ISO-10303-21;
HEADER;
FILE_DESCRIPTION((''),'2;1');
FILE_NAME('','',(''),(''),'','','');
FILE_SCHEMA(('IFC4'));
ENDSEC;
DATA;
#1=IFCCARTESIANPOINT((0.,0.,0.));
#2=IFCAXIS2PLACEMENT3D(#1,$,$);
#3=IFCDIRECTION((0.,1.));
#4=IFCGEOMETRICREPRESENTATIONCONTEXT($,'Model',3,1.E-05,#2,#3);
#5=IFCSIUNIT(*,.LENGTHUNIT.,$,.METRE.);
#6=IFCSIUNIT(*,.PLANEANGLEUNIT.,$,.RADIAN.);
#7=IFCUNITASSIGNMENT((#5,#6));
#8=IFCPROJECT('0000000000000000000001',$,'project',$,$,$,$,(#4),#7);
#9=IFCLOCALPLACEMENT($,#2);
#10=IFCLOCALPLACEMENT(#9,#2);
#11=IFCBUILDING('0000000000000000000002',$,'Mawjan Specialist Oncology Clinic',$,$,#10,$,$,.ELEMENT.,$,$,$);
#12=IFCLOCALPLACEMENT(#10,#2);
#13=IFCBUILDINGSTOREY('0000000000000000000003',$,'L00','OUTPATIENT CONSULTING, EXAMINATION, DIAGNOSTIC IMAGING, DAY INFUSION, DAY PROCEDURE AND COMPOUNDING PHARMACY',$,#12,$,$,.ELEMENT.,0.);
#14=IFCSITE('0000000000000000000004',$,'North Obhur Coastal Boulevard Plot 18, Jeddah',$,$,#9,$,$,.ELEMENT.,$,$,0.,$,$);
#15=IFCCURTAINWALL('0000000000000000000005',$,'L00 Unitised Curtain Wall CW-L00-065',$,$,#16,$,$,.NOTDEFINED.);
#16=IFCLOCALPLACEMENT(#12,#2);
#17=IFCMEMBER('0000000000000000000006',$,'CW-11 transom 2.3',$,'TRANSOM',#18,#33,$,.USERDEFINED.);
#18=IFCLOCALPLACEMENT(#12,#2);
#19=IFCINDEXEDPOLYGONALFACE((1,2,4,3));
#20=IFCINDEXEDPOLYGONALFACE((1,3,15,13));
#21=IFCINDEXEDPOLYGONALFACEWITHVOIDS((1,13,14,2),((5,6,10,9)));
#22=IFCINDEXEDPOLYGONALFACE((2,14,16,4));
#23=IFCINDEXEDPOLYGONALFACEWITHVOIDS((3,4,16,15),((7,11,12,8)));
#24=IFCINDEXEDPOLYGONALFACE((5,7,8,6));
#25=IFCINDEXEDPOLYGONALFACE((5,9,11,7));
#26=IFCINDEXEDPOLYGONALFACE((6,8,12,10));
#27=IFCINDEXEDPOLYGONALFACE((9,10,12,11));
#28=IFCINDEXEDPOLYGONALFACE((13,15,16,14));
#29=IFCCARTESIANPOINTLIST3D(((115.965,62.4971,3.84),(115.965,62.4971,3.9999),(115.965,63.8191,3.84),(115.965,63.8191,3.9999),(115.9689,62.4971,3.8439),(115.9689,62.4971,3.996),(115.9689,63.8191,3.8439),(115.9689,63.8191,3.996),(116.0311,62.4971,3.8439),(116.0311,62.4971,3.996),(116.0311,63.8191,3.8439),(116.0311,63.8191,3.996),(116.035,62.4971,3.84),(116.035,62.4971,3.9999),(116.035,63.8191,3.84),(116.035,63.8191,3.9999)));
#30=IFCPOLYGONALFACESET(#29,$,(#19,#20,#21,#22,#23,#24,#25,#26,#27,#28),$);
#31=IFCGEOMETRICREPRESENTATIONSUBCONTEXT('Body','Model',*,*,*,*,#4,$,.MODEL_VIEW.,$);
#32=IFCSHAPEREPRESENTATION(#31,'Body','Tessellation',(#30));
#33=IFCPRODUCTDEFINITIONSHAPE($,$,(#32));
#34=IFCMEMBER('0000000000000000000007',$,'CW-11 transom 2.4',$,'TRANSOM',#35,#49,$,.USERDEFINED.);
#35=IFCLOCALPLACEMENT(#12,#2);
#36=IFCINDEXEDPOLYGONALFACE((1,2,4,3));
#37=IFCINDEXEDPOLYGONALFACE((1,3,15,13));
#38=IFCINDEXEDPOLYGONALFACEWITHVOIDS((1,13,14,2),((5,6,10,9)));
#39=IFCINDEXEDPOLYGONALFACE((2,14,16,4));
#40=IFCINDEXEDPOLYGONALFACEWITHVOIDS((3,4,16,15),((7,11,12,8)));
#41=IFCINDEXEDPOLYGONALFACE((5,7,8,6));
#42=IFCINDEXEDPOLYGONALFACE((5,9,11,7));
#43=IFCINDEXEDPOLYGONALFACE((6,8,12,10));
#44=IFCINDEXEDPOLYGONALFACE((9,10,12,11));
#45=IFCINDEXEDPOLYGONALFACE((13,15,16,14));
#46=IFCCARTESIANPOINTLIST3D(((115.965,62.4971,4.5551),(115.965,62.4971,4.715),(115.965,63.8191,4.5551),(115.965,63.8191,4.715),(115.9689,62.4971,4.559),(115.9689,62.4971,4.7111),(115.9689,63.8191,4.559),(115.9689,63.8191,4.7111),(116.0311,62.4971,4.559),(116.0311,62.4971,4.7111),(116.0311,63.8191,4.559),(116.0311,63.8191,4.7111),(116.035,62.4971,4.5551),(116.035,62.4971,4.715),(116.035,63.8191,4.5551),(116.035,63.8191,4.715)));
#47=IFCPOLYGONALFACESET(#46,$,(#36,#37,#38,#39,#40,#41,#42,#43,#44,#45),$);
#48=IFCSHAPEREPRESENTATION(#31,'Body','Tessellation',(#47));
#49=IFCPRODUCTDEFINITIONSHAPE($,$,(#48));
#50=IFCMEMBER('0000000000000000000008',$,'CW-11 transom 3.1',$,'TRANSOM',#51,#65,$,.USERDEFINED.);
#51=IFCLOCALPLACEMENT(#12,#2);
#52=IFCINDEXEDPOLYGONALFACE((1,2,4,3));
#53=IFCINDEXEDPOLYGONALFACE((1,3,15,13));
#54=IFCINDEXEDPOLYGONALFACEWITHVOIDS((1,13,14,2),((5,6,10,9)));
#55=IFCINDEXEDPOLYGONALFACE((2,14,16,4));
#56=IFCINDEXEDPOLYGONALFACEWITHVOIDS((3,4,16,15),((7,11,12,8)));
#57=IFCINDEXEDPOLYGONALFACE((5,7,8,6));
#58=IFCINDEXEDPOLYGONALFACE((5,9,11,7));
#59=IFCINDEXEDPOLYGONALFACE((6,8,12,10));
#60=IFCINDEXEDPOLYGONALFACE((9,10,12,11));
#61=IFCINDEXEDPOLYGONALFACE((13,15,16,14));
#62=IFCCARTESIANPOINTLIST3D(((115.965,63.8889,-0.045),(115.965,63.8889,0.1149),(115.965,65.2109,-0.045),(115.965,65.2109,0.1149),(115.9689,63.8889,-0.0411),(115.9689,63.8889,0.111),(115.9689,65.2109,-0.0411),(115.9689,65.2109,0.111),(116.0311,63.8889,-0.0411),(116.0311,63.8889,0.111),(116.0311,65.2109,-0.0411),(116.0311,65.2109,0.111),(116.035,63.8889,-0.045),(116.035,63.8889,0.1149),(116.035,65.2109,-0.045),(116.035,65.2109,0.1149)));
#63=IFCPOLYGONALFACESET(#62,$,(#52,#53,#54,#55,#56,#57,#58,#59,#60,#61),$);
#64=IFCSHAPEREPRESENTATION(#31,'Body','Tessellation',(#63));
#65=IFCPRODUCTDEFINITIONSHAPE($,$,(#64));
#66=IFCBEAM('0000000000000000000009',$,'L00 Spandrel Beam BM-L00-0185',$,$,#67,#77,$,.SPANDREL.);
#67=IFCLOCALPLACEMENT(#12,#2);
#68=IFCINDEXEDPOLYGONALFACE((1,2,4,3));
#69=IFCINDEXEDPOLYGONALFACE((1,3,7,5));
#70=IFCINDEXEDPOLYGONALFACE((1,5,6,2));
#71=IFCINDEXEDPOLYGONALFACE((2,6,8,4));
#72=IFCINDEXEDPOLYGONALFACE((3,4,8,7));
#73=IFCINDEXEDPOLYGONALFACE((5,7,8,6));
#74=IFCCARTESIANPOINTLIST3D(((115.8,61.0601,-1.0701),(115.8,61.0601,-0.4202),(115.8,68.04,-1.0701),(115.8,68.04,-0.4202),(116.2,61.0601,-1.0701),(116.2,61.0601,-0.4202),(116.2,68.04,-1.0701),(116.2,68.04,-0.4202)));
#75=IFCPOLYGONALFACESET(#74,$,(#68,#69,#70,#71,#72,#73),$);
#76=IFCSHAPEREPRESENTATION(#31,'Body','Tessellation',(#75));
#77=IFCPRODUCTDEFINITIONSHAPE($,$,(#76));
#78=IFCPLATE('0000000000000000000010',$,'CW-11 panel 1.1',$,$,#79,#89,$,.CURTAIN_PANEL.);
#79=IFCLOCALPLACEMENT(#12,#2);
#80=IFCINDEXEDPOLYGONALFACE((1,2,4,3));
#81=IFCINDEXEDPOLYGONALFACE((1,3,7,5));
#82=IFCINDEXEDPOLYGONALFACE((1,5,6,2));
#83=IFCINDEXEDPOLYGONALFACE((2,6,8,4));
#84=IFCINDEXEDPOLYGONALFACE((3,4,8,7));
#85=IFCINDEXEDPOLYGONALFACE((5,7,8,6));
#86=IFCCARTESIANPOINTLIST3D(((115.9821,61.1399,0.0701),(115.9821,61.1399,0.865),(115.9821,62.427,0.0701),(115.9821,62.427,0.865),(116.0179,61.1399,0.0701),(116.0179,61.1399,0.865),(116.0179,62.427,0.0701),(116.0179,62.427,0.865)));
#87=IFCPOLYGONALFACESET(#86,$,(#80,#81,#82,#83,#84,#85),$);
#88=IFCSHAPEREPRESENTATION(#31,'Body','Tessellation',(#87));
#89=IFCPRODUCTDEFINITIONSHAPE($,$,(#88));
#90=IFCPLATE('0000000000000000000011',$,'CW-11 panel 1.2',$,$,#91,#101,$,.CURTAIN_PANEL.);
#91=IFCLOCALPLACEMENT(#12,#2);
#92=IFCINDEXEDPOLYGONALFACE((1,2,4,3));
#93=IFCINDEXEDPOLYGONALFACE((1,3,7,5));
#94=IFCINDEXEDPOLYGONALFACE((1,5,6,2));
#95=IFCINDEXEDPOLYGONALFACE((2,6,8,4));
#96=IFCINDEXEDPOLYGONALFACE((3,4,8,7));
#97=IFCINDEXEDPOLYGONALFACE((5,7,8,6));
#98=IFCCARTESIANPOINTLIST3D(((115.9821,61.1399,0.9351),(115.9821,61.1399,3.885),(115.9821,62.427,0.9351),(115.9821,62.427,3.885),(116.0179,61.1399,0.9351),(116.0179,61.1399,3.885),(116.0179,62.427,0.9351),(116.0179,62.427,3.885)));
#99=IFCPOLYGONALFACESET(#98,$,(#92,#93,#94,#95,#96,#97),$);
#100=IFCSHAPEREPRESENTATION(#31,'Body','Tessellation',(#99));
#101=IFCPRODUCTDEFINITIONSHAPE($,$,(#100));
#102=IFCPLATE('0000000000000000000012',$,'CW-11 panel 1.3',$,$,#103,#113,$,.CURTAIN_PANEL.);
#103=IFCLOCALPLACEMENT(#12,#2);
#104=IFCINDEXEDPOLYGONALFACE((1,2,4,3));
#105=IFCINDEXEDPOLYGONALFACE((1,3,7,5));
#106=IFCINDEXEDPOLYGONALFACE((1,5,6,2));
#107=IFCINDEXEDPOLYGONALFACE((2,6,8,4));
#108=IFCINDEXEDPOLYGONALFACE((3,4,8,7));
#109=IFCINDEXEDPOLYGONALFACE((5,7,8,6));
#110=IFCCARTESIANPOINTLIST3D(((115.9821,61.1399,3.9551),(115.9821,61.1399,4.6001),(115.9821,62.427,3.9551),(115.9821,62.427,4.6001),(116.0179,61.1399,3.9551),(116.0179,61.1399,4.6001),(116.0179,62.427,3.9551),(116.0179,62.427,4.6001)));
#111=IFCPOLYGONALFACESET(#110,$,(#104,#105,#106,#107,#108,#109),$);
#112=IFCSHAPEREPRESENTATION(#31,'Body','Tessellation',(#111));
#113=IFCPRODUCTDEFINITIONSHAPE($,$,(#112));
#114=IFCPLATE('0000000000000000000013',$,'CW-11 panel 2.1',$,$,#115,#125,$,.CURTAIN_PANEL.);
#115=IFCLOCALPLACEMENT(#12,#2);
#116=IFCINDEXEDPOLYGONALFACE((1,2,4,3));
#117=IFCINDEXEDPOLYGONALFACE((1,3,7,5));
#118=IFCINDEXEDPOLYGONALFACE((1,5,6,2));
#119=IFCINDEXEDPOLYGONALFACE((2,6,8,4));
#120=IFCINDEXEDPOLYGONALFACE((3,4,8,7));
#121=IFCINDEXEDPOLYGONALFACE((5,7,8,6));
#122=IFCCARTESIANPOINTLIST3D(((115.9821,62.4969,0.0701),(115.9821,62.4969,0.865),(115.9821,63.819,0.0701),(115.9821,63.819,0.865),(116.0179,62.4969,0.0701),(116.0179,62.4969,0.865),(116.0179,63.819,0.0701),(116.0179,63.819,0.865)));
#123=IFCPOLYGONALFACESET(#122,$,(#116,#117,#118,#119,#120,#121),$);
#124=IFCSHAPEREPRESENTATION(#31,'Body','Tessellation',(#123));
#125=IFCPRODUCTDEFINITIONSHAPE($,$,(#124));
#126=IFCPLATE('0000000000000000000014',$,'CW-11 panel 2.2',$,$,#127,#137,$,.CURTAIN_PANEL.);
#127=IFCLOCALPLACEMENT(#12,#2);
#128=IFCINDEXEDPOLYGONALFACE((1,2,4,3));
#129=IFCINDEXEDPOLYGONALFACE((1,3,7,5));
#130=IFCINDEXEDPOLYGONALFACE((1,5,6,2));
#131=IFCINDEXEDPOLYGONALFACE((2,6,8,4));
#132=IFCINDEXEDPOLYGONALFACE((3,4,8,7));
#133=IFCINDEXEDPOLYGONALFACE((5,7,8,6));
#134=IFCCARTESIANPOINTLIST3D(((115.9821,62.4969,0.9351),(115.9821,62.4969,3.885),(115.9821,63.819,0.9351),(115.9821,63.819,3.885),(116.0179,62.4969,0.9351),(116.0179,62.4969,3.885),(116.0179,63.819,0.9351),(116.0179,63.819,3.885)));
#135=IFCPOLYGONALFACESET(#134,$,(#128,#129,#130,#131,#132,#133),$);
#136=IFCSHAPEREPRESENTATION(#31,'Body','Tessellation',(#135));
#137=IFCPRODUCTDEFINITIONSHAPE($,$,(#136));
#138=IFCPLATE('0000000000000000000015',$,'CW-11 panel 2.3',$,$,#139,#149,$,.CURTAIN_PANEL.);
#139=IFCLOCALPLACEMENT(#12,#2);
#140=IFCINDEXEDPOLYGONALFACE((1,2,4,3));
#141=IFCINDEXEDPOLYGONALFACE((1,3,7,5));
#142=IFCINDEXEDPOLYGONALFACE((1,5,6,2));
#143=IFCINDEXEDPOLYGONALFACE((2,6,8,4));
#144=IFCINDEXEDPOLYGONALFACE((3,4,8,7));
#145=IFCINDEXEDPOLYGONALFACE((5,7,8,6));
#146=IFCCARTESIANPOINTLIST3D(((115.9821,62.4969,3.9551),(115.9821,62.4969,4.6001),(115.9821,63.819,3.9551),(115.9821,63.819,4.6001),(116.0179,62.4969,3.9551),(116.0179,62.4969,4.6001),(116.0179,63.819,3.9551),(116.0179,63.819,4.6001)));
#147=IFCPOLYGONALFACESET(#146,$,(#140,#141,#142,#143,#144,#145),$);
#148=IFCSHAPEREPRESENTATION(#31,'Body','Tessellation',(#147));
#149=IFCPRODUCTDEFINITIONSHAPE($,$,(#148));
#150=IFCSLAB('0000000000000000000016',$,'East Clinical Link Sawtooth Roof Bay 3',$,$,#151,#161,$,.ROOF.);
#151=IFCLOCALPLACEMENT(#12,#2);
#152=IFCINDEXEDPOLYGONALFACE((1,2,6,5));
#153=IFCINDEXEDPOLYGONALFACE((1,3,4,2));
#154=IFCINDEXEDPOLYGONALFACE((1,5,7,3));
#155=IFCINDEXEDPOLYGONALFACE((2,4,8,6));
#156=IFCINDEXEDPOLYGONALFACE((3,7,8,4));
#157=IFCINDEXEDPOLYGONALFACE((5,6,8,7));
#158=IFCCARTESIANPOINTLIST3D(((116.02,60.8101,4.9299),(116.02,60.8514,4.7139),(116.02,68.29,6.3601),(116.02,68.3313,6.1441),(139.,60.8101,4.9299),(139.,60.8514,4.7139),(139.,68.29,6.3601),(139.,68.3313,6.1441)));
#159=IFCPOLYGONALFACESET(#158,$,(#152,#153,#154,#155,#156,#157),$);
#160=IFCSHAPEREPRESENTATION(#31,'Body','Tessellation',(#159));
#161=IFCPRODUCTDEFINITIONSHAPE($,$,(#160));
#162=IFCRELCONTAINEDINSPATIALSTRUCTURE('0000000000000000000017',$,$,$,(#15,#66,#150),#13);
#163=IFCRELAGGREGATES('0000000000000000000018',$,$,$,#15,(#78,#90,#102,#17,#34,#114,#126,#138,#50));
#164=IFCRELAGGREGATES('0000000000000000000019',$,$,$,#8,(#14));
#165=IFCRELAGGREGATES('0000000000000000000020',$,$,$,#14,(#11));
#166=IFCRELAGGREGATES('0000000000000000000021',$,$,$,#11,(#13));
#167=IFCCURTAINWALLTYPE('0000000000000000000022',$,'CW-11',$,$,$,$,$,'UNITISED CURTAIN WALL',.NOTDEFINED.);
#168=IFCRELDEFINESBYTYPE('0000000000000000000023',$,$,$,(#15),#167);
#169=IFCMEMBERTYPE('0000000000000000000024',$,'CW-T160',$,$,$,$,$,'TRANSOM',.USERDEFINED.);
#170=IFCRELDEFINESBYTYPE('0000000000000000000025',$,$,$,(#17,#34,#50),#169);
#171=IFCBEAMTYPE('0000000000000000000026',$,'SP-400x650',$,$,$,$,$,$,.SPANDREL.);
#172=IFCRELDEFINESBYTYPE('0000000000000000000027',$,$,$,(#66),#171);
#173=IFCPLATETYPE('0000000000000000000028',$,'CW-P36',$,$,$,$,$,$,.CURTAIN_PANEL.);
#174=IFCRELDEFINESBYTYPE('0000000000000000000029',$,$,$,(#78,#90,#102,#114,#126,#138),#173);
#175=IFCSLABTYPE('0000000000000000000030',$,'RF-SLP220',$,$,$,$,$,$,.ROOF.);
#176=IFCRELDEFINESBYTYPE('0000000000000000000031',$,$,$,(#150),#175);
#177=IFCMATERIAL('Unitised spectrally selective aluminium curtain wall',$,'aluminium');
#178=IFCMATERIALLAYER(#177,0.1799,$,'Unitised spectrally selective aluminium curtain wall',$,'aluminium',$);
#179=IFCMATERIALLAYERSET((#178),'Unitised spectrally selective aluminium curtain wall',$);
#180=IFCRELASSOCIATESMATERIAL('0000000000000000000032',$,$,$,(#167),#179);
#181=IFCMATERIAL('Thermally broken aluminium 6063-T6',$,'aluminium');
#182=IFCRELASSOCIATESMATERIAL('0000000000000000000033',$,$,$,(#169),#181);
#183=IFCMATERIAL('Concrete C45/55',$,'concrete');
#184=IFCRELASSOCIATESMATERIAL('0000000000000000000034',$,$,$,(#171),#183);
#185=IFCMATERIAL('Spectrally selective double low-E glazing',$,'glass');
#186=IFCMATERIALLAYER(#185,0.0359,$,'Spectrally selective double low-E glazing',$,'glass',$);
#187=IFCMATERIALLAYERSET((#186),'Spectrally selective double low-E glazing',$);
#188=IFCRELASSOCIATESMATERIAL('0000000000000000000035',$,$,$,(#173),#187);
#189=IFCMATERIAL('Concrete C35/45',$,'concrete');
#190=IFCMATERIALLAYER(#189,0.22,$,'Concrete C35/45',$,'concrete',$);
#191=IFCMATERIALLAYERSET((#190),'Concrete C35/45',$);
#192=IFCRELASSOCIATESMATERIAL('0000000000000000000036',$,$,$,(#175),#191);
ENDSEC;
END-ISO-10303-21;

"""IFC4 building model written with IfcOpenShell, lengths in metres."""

from ifc_helpers import new_model, si_unit, direction, frame, origin, origin_2d, place, context, subcontext, project, spatial, polyline, rectangle, hollow_rectangle, outline, extrude, material, layer, layer_set, material_profile, profile_set, type_object, element, aggregate, save


model = new_model("IFC4")

# Units and contexts
model_context = context("Model", 3, precision=1e-05, world=origin(), true_north=direction((0.0, 1.0)))
body_context = subcontext(model_context, "Body", "Model", "MODEL_VIEW")
ifc_project = project(units=[si_unit("LENGTHUNIT", "METRE"), si_unit("PLANEANGLEUNIT", "RADIAN")], contexts=[model_context])

# Site, building, storey
site_placement = place(None, origin())
site = spatial("IfcSite", under=ifc_project, at=site_placement, Name="North Obhur Coastal Boulevard Plot 18, Jeddah", CompositionType="ELEMENT", RefElevation=0.0)
building_placement = place(site_placement, origin())
building = spatial("IfcBuilding", under=site, at=building_placement, Name="Mawjan Specialist Oncology Clinic", CompositionType="ELEMENT")
storey_placement = place(building_placement, origin())
storey = spatial("IfcBuildingStorey", under=building, at=storey_placement, Name="L00", Description="OUTPATIENT CONSULTING, EXAMINATION, DIAGNOSTIC IMAGING, DAY INFUSION, DAY PROCEDURE AND COMPOUNDING PHARMACY", CompositionType="ELEMENT", Elevation=0.0)

# Curtain wall, members
ifc_material_1 = material(Name="Unitised spectrally selective aluminium curtain wall", Category="aluminium")
ifc_layer_1 = layer(ifc_material_1, 0.1799, Name="Unitised spectrally selective aluminium curtain wall", Category="aluminium")
ifc_layer_set_1 = layer_set([ifc_layer_1], Name="Unitised spectrally selective aluminium curtain wall")
curtain_wall_type = type_object("IfcCurtainWallType", Name="CW-11", ElementType="UNITISED CURTAIN WALL", PredefinedType="NOTDEFINED", material=ifc_layer_set_1)
curtain_wall_placement = place(storey_placement, origin())
curtain_wall = element("IfcCurtainWall", 1, at=curtain_wall_placement, inside=storey, type_object=curtain_wall_type, Name="L00 Unitised Curtain Wall CW-L00-065", PredefinedType="NOTDEFINED")
ifc_material_2 = material(Name="Thermally broken aluminium 6063-T6", Category="aluminium")
ifc_material_profile_1 = material_profile(ifc_material_2, hollow_rectangle(XDim=0.0701, YDim=0.1599, WallThickness=0.0039, at=origin_2d()), Name="ALU TRANSOM 160x70x4", Category="aluminium")
ifc_profile_set_1 = profile_set([ifc_material_profile_1], Name="Thermally broken aluminium 6063-T6")
member_type_1 = type_object("IfcMemberType", Name="CW-T160", ElementType="TRANSOM", PredefinedType="USERDEFINED", material=ifc_profile_set_1)
member_1_placement = place(storey_placement, frame((116.0, 62.4971, 3.9199), z_axis=(0.0, 1.0, 0.0), x_axis=(-1.0, 0.0, 0.0)))
member_1 = element("IfcMember", 2, at=member_1_placement, type_object=member_type_1, Name="CW-11 transom 2.3", ObjectType="TRANSOM", PredefinedType="USERDEFINED", context=body_context, shape_type="SweptSolid", body=[
    extrude(hollow_rectangle(XDim=0.0701, YDim=0.1599, WallThickness=0.0039, at=origin_2d()), origin(), (0.0, 0.0, 1.0), 1.322),
])
member_2_placement = place(storey_placement, frame((116.0, 62.4971, 4.635), z_axis=(0.0, 1.0, 0.0), x_axis=(-1.0, 0.0, 0.0)))
member_2 = element("IfcMember", 3, at=member_2_placement, type_object=member_type_1, Name="CW-11 transom 2.4", ObjectType="TRANSOM", PredefinedType="USERDEFINED", context=body_context, shape_type="SweptSolid", body=[
    extrude(hollow_rectangle(XDim=0.0701, YDim=0.1599, WallThickness=0.0039, at=origin_2d()), origin(), (0.0, 0.0, 1.0), 1.322),
])
member_3_placement = place(storey_placement, frame((116.0, 63.8889, 0.0349), z_axis=(0.0, 1.0, 0.0), x_axis=(-1.0, 0.0, 0.0)))
member_3 = element("IfcMember", 4, at=member_3_placement, type_object=member_type_1, Name="CW-11 transom 3.1", ObjectType="TRANSOM", PredefinedType="USERDEFINED", context=body_context, shape_type="SweptSolid", body=[
    extrude(hollow_rectangle(XDim=0.0701, YDim=0.1599, WallThickness=0.0039, at=origin_2d()), origin(), (0.0, 0.0, 1.0), 1.322),
])

# Beam
ifc_material_3 = material(Name="Concrete C45/55", Category="concrete")
ifc_material_profile_2 = material_profile(ifc_material_3, rectangle(XDim=0.3999, YDim=0.6499, at=origin_2d()), Name="RC BM 400x650", Category="concrete")
ifc_profile_set_2 = profile_set([ifc_material_profile_2], Name="Concrete C45/55")
beam_type_1 = type_object("IfcBeamType", Name="SP-400x650", PredefinedType="SPANDREL", material=ifc_profile_set_2)
beam_1_placement = place(storey_placement, frame((116.0, 61.0601, -0.7451), z_axis=(0.0, 1.0, 0.0), x_axis=(-1.0, 0.0, 0.0)))
element("IfcBeam", 5, at=beam_1_placement, inside=storey, type_object=beam_type_1, Name="L00 Spandrel Beam BM-L00-0185", PredefinedType="SPANDREL", context=body_context, shape_type="SweptSolid", body=[
    extrude(rectangle(XDim=0.3999, YDim=0.6499, at=origin_2d()), origin(), (0.0, 0.0, 1.0), 6.98),
])

# Plates
ifc_material_4 = material(Name="Spectrally selective double low-E glazing", Category="glass")
ifc_layer_2 = layer(ifc_material_4, 0.0359, Name="Spectrally selective double low-E glazing", Category="glass")
ifc_layer_set_2 = layer_set([ifc_layer_2], Name="Spectrally selective double low-E glazing")
plate_type = type_object("IfcPlateType", Name="CW-P36", PredefinedType="CURTAIN_PANEL", material=ifc_layer_set_2)
plate_1_placement = place(storey_placement, frame((116.0, 61.7834, 0.0701), z_axis=(0.0, 0.0, 1.0), x_axis=(0.0, 1.0, 0.0)))
plate_1 = element("IfcPlate", 6, at=plate_1_placement, type_object=plate_type, Name="CW-11 panel 1.1", PredefinedType="CURTAIN_PANEL", context=body_context, shape_type="SweptSolid", body=[
    extrude(rectangle(XDim=1.2871, YDim=0.0359, at=origin_2d()), origin(), (0.0, 0.0, 1.0), 0.7949),
])
plate_2_placement = place(storey_placement, frame((116.0, 61.7834, 0.9351), z_axis=(0.0, 0.0, 1.0), x_axis=(0.0, 1.0, 0.0)))
plate_2 = element("IfcPlate", 7, at=plate_2_placement, type_object=plate_type, Name="CW-11 panel 1.2", PredefinedType="CURTAIN_PANEL", context=body_context, shape_type="SweptSolid", body=[
    extrude(rectangle(XDim=1.2871, YDim=0.0359, at=origin_2d()), origin(), (0.0, 0.0, 1.0), 2.95),
])
plate_3_placement = place(storey_placement, frame((116.0, 61.7834, 3.9551), z_axis=(0.0, 0.0, 1.0), x_axis=(0.0, 1.0, 0.0)))
plate_3 = element("IfcPlate", 8, at=plate_3_placement, type_object=plate_type, Name="CW-11 panel 1.3", PredefinedType="CURTAIN_PANEL", context=body_context, shape_type="SweptSolid", body=[
    extrude(rectangle(XDim=1.2871, YDim=0.0359, at=origin_2d()), origin(), (0.0, 0.0, 1.0), 0.645),
])
plate_4_placement = place(storey_placement, frame((116.0, 63.158, 0.0701), z_axis=(0.0, 0.0, 1.0), x_axis=(0.0, 1.0, 0.0)))
plate_4 = element("IfcPlate", 9, at=plate_4_placement, type_object=plate_type, Name="CW-11 panel 2.1", PredefinedType="CURTAIN_PANEL", context=body_context, shape_type="SweptSolid", body=[
    extrude(rectangle(XDim=1.322, YDim=0.0359, at=origin_2d()), origin(), (0.0, 0.0, 1.0), 0.7949),
])
plate_5_placement = place(storey_placement, frame((116.0, 63.158, 0.9351), z_axis=(0.0, 0.0, 1.0), x_axis=(0.0, 1.0, 0.0)))
plate_5 = element("IfcPlate", 10, at=plate_5_placement, type_object=plate_type, Name="CW-11 panel 2.2", PredefinedType="CURTAIN_PANEL", context=body_context, shape_type="SweptSolid", body=[
    extrude(rectangle(XDim=1.322, YDim=0.0359, at=origin_2d()), origin(), (0.0, 0.0, 1.0), 2.95),
])
plate_6_placement = place(storey_placement, frame((116.0, 63.158, 3.9551), z_axis=(0.0, 0.0, 1.0), x_axis=(0.0, 1.0, 0.0)))
plate_6 = element("IfcPlate", 11, at=plate_6_placement, type_object=plate_type, Name="CW-11 panel 2.3", PredefinedType="CURTAIN_PANEL", context=body_context, shape_type="SweptSolid", body=[
    extrude(rectangle(XDim=1.322, YDim=0.0359, at=origin_2d()), origin(), (0.0, 0.0, 1.0), 0.645),
])
aggregate(curtain_wall, [plate_1, plate_2, plate_3, member_1, member_2, plate_4, plate_5, plate_6, member_3])

# Slab
ifc_material_5 = material(Name="Concrete C35/45", Category="concrete")
ifc_layer_3 = layer(ifc_material_5, 0.22, Name="Concrete C35/45", Category="concrete")
ifc_layer_set_3 = layer_set([ifc_layer_3], Name="Concrete C35/45")
slab_type = type_object("IfcSlabType", Name="RF-SLP220", PredefinedType="ROOF", material=ifc_layer_set_3)
slab_placement = place(storey_placement, frame((116.02, 60.8101, 4.9299), z_axis=(0.0, -0.187799, 0.982208), x_axis=(1.0, 0.0, 0.0)))
element("IfcSlab", 12, at=slab_placement, inside=storey, type_object=slab_type, Name="East Clinical Link Sawtooth Roof Bay 3", PredefinedType="ROOF", context=body_context, shape_type="SweptSolid", body=[
    extrude(outline(polyline([(0.0, 0.0), (22.98, 0.0), (22.98, 7.6155), (0.0, 7.6155), (0.0, 0.0)])), origin(), (0.0, 0.0, -1.0), 0.22),
])

save(model, "model.ifc")
